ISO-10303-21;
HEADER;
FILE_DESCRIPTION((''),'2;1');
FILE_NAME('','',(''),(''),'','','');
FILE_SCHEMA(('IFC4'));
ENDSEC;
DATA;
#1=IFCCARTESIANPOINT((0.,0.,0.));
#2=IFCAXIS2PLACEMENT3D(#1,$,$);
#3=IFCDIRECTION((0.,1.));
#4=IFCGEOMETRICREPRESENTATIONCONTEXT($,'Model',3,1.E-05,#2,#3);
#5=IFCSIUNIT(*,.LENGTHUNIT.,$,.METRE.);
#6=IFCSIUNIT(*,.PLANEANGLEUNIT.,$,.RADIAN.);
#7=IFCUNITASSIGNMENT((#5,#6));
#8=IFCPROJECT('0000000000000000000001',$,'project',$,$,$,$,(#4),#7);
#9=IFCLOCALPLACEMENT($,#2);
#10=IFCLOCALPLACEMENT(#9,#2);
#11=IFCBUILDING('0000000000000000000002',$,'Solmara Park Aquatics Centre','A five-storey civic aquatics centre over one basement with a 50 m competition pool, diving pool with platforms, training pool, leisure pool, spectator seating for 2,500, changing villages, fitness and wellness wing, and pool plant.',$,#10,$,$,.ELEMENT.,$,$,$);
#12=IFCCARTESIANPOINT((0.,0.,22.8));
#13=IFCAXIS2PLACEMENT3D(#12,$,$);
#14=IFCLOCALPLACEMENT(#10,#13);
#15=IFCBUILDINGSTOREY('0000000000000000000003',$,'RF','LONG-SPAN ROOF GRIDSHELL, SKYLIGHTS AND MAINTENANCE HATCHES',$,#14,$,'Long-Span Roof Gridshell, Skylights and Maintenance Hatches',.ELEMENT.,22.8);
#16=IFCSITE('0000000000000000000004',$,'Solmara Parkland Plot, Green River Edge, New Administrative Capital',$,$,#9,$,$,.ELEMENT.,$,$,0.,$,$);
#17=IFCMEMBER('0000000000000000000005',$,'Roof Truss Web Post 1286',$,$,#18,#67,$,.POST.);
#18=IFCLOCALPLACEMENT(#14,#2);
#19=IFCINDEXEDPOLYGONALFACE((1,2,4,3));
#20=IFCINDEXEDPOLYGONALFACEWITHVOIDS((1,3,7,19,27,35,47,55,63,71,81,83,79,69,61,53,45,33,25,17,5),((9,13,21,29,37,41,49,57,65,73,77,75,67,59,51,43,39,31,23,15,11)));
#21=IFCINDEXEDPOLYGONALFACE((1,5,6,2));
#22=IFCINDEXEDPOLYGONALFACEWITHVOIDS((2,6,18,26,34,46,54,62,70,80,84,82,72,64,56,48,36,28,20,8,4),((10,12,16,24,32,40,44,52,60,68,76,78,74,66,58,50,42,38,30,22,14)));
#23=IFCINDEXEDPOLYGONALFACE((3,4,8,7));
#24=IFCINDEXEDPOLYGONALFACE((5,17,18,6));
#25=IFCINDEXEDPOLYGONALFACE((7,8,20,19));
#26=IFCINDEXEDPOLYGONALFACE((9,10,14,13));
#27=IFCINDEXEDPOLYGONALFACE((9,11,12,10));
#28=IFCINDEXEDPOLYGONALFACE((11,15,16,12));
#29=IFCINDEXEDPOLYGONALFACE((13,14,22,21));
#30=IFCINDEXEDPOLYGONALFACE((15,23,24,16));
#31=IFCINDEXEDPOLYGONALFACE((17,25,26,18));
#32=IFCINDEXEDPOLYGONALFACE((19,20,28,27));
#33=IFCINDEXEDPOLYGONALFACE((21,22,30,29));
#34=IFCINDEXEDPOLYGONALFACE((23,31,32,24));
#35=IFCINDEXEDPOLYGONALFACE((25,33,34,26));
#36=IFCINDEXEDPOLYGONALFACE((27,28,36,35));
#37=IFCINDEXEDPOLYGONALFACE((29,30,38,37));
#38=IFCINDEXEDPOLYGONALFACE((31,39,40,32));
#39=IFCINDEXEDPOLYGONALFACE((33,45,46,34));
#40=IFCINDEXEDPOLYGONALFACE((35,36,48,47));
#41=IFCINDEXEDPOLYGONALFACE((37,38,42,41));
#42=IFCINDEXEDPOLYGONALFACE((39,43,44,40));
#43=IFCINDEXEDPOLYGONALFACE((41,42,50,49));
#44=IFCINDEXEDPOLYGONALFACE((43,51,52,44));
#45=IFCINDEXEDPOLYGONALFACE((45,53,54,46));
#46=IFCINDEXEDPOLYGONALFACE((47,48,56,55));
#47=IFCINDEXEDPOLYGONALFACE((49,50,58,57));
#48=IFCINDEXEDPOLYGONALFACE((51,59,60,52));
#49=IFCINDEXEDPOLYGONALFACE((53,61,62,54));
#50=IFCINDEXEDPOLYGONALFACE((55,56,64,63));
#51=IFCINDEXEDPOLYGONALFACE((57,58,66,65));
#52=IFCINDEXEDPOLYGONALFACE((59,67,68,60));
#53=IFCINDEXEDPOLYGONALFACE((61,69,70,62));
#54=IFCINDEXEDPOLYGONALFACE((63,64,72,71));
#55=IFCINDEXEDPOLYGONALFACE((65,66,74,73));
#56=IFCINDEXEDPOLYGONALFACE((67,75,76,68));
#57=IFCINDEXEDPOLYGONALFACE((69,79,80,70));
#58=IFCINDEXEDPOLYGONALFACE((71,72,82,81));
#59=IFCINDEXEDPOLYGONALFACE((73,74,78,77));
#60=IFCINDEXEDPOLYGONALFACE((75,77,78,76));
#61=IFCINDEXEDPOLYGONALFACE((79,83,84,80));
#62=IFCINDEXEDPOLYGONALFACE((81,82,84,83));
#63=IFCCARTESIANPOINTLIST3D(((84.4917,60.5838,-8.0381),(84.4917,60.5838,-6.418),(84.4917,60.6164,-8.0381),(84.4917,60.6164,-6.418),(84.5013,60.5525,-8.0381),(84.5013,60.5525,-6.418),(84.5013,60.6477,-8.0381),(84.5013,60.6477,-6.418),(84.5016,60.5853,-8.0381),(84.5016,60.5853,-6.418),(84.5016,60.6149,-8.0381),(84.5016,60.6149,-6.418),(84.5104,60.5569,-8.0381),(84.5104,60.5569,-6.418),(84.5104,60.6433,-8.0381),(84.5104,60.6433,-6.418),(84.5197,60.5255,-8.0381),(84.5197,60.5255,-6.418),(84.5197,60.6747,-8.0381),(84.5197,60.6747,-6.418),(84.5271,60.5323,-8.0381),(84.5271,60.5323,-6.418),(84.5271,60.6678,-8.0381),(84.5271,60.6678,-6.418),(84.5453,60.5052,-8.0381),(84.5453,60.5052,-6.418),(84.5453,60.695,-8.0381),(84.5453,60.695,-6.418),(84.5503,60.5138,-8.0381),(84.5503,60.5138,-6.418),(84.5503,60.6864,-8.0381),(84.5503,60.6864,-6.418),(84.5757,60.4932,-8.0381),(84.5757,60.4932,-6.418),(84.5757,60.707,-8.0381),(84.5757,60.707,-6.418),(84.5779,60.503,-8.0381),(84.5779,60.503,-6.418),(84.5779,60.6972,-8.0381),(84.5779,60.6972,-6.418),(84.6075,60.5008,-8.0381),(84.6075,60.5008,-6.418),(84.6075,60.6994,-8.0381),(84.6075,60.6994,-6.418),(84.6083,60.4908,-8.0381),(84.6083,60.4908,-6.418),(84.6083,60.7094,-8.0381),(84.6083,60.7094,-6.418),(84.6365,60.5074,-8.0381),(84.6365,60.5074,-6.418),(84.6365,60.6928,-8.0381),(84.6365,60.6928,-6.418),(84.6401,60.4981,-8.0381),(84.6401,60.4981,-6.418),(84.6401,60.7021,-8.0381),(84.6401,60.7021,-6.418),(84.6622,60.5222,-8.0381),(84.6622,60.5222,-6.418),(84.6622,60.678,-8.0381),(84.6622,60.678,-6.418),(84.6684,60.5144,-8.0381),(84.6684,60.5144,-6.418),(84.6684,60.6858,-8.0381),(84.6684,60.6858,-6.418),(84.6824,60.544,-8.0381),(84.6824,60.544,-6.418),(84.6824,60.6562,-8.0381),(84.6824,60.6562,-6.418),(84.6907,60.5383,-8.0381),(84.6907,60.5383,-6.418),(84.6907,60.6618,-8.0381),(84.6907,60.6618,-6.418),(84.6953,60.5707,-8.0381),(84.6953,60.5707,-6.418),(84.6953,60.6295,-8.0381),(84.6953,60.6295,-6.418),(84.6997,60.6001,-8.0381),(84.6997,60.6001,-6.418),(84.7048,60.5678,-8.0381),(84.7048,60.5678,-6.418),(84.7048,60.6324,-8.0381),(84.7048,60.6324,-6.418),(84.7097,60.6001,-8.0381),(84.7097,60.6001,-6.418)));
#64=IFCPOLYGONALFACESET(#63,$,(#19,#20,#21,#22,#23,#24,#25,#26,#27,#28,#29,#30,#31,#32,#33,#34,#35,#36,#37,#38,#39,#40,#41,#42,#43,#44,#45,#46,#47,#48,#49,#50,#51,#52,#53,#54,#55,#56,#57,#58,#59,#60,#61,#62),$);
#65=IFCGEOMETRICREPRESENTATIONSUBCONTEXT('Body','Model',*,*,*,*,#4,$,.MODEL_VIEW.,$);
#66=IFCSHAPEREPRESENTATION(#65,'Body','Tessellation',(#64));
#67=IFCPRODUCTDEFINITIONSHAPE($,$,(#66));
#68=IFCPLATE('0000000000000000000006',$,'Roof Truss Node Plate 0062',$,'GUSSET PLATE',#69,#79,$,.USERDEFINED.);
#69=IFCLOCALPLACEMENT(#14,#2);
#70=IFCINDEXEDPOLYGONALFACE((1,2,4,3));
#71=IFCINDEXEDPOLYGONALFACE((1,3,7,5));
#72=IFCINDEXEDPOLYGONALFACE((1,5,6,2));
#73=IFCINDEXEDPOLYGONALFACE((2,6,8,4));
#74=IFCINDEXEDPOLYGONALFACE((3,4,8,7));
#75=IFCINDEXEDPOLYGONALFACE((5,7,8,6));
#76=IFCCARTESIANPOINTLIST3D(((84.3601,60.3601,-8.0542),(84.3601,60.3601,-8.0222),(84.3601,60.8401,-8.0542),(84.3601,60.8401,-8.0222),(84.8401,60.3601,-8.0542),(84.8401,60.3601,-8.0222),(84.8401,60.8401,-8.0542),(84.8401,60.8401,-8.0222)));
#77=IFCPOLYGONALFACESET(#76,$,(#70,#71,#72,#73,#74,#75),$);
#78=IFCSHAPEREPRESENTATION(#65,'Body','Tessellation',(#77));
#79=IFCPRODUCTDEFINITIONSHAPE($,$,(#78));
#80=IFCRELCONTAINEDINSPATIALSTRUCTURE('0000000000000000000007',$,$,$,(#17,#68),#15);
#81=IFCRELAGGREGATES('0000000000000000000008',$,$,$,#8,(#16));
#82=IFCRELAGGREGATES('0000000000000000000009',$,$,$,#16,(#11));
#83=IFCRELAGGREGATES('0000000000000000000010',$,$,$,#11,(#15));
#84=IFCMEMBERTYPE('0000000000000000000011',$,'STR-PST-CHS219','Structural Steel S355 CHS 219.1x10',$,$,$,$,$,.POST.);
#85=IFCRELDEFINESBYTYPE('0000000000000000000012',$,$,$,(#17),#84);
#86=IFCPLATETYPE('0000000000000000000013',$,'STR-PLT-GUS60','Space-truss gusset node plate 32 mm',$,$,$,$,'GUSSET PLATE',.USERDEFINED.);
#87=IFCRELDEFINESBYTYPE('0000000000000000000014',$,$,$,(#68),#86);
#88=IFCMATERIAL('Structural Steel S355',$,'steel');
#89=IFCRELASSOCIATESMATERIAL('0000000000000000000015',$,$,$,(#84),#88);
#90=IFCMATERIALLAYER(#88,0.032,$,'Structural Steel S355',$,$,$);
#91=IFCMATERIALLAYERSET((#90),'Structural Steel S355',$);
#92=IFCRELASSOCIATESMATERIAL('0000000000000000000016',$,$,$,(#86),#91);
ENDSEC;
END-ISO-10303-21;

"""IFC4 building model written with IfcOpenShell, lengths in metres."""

from ifc_helpers import new_model, si_unit, direction, frame, origin, origin_2d, place, context, subcontext, project, spatial, rectangle, hollow_circle, extrude, material, layer, layer_set, material_profile, profile_set, type_object, element, save


model = new_model("IFC4")

# Units and contexts
model_context = context("Model", 3, precision=1e-05, world=origin(), true_north=direction((0.0, 1.0)))
body_context = subcontext(model_context, "Body", "Model", "MODEL_VIEW")
ifc_project = project(units=[si_unit("LENGTHUNIT", "METRE"), si_unit("PLANEANGLEUNIT", "RADIAN")], contexts=[model_context])

# Site, building, storey
site_placement = place(None, origin())
site = spatial("IfcSite", under=ifc_project, at=site_placement, Name="Solmara Parkland Plot, Green River Edge, New Administrative Capital", CompositionType="ELEMENT", RefElevation=0.0)
building_placement = place(site_placement, origin())
building = spatial("IfcBuilding", under=site, at=building_placement, Name="Solmara Park Aquatics Centre", Description="A five-storey civic aquatics centre over one basement with a 50 m competition pool, diving pool with platforms, training pool, leisure pool, spectator seating for 2,500, changing villages, fitness and wellness wing, and pool plant.", CompositionType="ELEMENT")
storey_placement = place(building_placement, frame((0.0, 0.0, 22.8)))
storey = spatial("IfcBuildingStorey", under=building, at=storey_placement, Name="RF", Description="LONG-SPAN ROOF GRIDSHELL, SKYLIGHTS AND MAINTENANCE HATCHES", LongName="Long-Span Roof Gridshell, Skylights and Maintenance Hatches", CompositionType="ELEMENT", Elevation=22.8)

# Member
ifc_material_1 = material(Name="Structural Steel S355", Category="steel")
ifc_material_profile_1 = material_profile(ifc_material_1, hollow_circle(Radius=0.1096, WallThickness=0.01, at=origin_2d()), Name="CHS 219.1x10")
ifc_profile_set_1 = profile_set([ifc_material_profile_1], Name="Structural Steel S355")
member_type_1 = type_object("IfcMemberType", Name="STR-PST-CHS219", Description="Structural Steel S355 CHS 219.1x10", PredefinedType="POST", material=ifc_profile_set_1)
for number, where, z_axis, x_axis, name in (
    (1, (84.6001, 60.6001, -8.0381), (0.0, 0.0, 1.0), (1.0, 0.0, 0.0), "Roof Truss Web Post 1286"),
):
    element("IfcMember", number, at=place(storey_placement, frame(where, z_axis=z_axis, x_axis=x_axis)), inside=storey, type_object=member_type_1, Name=name, PredefinedType="POST", context=body_context, shape_type="SweptSolid", body=[
        extrude(hollow_circle(Radius=0.1096, WallThickness=0.01, at=origin_2d()), origin(), (0.0, 0.0, 1.0), 1.6201),
    ])

# Plate
ifc_layer = layer(ifc_material_1, 0.032, Name="Structural Steel S355")
ifc_layer_set = layer_set([ifc_layer], Name="Structural Steel S355")
plate_type = type_object("IfcPlateType", Name="STR-PLT-GUS60", Description="Space-truss gusset node plate 32 mm", ElementType="GUSSET PLATE", PredefinedType="USERDEFINED", material=ifc_layer_set)
plate_placement = place(storey_placement, frame((84.6001, 60.6001, -8.0542), z_axis=(0.0, 0.0, 1.0), x_axis=(1.0, 0.0, 0.0)))
element("IfcPlate", 2, at=plate_placement, inside=storey, type_object=plate_type, Name="Roof Truss Node Plate 0062", ObjectType="GUSSET PLATE", PredefinedType="USERDEFINED", context=body_context, shape_type="SweptSolid", body=[
    extrude(rectangle(XDim=0.48, YDim=0.48, at=origin_2d()), origin(), (0.0, 0.0, 1.0), 0.032),
])

save(model, "model.ifc")
